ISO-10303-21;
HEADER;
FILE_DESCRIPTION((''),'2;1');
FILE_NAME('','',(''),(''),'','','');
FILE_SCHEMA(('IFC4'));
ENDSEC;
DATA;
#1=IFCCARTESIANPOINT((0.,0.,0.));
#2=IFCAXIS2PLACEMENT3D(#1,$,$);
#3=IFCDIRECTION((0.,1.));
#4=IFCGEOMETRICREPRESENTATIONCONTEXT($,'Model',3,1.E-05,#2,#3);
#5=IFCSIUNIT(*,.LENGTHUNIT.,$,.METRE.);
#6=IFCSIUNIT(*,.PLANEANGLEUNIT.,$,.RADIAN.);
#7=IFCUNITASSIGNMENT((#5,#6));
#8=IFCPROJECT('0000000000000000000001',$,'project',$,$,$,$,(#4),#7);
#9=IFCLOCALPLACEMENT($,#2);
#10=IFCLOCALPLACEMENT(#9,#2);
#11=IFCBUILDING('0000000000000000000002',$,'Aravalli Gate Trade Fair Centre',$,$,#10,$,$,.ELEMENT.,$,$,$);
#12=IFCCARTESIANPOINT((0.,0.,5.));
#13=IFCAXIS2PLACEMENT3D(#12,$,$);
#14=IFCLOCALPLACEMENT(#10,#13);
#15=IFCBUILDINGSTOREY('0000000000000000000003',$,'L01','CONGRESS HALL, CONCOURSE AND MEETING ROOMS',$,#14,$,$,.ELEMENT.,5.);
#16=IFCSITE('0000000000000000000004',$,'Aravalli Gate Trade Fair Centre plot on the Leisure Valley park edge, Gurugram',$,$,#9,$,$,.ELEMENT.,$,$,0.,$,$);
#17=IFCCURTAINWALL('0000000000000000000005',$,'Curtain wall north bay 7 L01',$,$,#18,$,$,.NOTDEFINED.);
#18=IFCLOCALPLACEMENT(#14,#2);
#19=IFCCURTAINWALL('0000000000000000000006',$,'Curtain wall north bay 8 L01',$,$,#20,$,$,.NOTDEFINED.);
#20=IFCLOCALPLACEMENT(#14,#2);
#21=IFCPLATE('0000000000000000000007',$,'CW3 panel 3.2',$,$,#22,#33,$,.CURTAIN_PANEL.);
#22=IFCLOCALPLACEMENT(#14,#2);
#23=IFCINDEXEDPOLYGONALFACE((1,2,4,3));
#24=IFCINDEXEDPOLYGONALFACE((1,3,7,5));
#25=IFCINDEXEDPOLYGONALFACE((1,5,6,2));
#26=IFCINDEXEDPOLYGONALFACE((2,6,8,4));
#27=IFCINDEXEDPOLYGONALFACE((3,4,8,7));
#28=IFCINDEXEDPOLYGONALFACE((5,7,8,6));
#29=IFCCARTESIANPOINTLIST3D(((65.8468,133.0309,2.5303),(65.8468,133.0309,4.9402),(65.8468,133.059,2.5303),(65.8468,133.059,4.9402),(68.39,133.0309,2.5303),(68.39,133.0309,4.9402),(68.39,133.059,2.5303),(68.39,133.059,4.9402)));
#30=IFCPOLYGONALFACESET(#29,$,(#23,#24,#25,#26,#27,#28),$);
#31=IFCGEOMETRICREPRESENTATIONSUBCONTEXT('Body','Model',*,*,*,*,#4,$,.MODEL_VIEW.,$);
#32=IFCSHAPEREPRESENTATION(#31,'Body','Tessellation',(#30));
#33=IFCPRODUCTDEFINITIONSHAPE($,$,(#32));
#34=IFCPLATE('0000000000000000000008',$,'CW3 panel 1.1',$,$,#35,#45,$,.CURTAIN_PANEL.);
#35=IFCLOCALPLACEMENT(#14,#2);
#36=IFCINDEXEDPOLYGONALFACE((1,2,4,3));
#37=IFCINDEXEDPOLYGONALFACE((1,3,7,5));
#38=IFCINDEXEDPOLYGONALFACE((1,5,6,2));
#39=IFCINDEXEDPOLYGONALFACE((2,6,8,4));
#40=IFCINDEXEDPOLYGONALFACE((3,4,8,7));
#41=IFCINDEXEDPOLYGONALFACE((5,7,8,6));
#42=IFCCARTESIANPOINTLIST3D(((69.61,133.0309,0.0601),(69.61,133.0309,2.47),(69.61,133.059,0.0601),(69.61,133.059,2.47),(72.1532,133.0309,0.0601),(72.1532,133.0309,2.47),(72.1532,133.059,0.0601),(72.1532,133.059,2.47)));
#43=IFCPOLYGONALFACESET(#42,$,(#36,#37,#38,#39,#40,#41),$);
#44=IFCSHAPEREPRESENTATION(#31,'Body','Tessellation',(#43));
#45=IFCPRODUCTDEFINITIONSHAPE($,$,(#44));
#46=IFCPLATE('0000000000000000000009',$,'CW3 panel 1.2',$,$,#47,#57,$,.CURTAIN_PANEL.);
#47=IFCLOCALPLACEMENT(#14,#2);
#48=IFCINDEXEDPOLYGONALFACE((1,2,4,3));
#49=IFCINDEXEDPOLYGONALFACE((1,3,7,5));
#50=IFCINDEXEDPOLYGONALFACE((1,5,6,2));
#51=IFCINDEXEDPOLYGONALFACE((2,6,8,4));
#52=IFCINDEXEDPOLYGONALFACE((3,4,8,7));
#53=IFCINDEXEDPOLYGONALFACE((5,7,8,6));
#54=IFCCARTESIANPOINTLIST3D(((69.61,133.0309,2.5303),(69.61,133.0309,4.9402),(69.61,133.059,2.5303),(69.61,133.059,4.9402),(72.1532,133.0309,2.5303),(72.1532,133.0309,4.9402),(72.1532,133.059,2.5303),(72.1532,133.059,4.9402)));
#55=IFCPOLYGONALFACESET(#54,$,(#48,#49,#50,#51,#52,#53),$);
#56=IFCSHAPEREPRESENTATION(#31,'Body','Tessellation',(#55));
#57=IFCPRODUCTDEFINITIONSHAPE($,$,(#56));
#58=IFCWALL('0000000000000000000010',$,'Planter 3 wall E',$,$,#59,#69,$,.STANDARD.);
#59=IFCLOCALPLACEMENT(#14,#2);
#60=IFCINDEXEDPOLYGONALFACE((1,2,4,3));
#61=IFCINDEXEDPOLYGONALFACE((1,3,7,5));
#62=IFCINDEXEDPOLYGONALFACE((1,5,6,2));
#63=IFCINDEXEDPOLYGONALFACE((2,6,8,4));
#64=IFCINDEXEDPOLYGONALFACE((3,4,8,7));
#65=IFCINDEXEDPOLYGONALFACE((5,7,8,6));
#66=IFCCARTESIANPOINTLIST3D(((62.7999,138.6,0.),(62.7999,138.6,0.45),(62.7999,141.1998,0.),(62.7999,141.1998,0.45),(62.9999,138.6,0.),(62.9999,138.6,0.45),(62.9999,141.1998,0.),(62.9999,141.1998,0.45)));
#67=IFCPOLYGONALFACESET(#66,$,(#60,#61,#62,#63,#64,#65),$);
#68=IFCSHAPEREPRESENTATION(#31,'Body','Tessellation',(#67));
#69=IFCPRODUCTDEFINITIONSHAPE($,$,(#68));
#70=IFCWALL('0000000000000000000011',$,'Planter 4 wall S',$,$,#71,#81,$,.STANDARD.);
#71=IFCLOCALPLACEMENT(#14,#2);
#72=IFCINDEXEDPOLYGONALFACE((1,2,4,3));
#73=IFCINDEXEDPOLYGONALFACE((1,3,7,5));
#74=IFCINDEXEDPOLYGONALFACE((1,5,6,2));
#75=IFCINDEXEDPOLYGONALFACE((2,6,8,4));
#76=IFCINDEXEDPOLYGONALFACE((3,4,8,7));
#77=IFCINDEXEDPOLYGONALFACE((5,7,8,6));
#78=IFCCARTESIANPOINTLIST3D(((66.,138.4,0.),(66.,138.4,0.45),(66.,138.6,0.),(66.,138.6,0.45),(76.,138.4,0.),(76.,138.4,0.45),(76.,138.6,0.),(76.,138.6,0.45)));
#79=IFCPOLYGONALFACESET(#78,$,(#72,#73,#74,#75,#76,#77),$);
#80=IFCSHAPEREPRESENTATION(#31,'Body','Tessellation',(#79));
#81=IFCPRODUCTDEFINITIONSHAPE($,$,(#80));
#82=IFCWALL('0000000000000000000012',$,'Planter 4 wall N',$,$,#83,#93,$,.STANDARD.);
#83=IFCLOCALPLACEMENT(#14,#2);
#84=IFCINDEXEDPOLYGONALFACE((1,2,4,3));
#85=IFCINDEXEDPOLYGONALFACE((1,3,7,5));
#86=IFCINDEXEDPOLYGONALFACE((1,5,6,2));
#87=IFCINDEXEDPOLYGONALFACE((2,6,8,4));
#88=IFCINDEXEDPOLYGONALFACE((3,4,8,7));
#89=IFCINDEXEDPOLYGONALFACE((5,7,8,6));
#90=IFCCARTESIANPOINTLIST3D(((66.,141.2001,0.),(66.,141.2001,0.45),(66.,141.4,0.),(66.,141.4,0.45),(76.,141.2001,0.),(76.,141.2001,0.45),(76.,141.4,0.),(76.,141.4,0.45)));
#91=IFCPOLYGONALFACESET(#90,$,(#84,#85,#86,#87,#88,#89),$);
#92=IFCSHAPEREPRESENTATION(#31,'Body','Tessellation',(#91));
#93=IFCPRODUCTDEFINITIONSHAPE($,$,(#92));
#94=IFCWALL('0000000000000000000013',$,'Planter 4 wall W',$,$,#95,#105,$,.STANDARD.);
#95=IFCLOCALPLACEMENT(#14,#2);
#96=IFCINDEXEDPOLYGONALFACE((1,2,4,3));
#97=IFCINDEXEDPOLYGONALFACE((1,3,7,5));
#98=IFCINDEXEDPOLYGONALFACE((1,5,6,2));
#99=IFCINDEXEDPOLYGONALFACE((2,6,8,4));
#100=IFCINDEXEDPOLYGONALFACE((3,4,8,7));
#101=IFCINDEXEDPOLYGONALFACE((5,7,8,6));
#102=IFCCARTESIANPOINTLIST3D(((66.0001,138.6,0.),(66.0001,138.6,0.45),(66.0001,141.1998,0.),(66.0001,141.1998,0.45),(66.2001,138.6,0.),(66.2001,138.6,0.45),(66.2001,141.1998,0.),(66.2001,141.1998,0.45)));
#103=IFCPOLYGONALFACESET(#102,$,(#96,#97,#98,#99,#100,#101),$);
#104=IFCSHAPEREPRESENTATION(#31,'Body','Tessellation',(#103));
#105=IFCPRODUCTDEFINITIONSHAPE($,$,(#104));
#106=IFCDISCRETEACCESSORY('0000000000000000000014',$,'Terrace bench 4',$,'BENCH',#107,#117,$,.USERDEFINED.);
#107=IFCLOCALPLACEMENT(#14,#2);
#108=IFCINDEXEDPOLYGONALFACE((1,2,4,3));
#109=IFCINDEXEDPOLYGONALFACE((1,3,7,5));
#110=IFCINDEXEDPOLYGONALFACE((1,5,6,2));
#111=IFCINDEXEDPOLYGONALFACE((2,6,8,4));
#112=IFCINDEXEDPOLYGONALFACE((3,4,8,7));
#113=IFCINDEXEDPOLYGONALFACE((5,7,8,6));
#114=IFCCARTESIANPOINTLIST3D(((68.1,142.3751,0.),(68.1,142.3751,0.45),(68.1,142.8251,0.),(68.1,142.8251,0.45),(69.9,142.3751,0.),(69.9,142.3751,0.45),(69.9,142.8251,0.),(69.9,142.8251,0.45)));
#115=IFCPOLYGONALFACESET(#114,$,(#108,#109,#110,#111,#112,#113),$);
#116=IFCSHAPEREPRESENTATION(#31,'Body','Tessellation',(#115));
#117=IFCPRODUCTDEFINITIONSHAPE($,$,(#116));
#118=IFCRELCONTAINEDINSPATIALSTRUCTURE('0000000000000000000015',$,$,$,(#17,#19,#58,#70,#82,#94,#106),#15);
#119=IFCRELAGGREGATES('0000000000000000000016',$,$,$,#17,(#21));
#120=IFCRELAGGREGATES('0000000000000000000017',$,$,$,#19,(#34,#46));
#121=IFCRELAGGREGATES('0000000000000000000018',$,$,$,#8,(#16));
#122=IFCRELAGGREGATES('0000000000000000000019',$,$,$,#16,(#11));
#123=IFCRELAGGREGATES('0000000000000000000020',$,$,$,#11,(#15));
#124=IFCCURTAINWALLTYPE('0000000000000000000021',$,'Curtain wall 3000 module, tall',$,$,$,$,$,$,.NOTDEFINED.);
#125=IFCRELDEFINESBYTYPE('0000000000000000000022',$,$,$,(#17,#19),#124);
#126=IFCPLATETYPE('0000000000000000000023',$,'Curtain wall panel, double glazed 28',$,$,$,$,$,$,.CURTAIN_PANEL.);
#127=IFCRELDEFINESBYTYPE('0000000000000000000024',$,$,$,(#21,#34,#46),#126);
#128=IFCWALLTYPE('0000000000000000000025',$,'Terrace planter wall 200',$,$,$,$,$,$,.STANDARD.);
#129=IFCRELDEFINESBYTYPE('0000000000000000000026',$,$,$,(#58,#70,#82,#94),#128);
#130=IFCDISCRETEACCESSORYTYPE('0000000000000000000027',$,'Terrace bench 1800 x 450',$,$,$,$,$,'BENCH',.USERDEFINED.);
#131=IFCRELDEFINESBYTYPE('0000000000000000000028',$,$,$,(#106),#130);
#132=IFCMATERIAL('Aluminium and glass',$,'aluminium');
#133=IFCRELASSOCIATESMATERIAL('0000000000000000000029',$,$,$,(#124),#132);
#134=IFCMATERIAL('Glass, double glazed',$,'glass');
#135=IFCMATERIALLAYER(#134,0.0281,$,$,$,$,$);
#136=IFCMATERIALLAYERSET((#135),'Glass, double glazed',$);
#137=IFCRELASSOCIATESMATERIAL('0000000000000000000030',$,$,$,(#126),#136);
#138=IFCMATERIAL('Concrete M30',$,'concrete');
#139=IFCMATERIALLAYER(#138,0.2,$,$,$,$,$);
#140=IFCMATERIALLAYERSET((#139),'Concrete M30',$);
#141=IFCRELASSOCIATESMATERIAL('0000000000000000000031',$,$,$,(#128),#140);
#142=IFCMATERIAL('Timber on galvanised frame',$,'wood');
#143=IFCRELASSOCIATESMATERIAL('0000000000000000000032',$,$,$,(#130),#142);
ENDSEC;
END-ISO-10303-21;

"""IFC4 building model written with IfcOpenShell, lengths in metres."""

from ifc_helpers import new_model, si_unit, direction, frame, frame_2d, origin, origin_2d, place, context, subcontext, project, spatial, rectangle, extrude, material, layer, layer_set, type_object, element, aggregate, save


model = new_model("IFC4")

# Units and contexts
model_context = context("Model", 3, precision=1e-05, world=origin(), true_north=direction((0.0, 1.0)))
body_context = subcontext(model_context, "Body", "Model", "MODEL_VIEW")
ifc_project = project(units=[si_unit("LENGTHUNIT", "METRE"), si_unit("PLANEANGLEUNIT", "RADIAN")], contexts=[model_context])

# Site, building, storey
site_placement = place(None, origin())
site = spatial("IfcSite", under=ifc_project, at=site_placement, Name="Aravalli Gate Trade Fair Centre plot on the Leisure Valley park edge, Gurugram", CompositionType="ELEMENT", RefElevation=0.0)
building_placement = place(site_placement, origin())
building = spatial("IfcBuilding", under=site, at=building_placement, Name="Aravalli Gate Trade Fair Centre", CompositionType="ELEMENT")
storey_placement = place(building_placement, frame((0.0, 0.0, 5.0)))
storey = spatial("IfcBuildingStorey", under=building, at=storey_placement, Name="L01", Description="CONGRESS HALL, CONCOURSE AND MEETING ROOMS", CompositionType="ELEMENT", Elevation=5.0)

# Curtain walls
ifc_material_1 = material(Name="Aluminium and glass", Category="aluminium")
curtain_wall_type = type_object("IfcCurtainWallType", Name="Curtain wall 3000 module, tall", PredefinedType="NOTDEFINED", material=ifc_material_1)
curtain_wall_1_placement = place(storey_placement, origin())
curtain_wall_1 = element("IfcCurtainWall", 1, at=curtain_wall_1_placement, inside=storey, type_object=curtain_wall_type, Name="Curtain wall north bay 7 L01", PredefinedType="NOTDEFINED")
curtain_wall_2_placement = place(storey_placement, origin())
curtain_wall_2 = element("IfcCurtainWall", 2, at=curtain_wall_2_placement, inside=storey, type_object=curtain_wall_type, Name="Curtain wall north bay 8 L01", PredefinedType="NOTDEFINED")

# Plates
ifc_material_2 = material(Name="Glass, double glazed", Category="glass")
ifc_layer_1 = layer(ifc_material_2, 0.0281)
ifc_layer_set_1 = layer_set([ifc_layer_1], Name="Glass, double glazed")
plate_type = type_object("IfcPlateType", Name="Curtain wall panel, double glazed 28", PredefinedType="CURTAIN_PANEL", material=ifc_layer_set_1)
plate_1_placement = place(storey_placement, frame((67.1184, 133.0449, 2.5303), z_axis=(0.0, 0.0, 1.0), x_axis=(1.0, 0.0, 0.0)))
plate_1 = element("IfcPlate", 3, at=plate_1_placement, type_object=plate_type, Name="CW3 panel 3.2", PredefinedType="CURTAIN_PANEL", context=body_context, shape_type="SweptSolid", body=[
    extrude(rectangle(XDim=2.5432, YDim=0.0281, at=origin_2d()), origin(), (0.0, 0.0, 1.0), 2.4099),
])
aggregate(curtain_wall_1, [plate_1])
plate_2_placement = place(storey_placement, frame((70.8816, 133.0449, 0.0601), z_axis=(0.0, 0.0, 1.0), x_axis=(1.0, 0.0, 0.0)))
plate_2 = element("IfcPlate", 4, at=plate_2_placement, type_object=plate_type, Name="CW3 panel 1.1", PredefinedType="CURTAIN_PANEL", context=body_context, shape_type="SweptSolid", body=[
    extrude(rectangle(XDim=2.5432, YDim=0.0281, at=origin_2d()), origin(), (0.0, 0.0, 1.0), 2.4099),
])
plate_3_placement = place(storey_placement, frame((70.8816, 133.0449, 2.5303), z_axis=(0.0, 0.0, 1.0), x_axis=(1.0, 0.0, 0.0)))
plate_3 = element("IfcPlate", 5, at=plate_3_placement, type_object=plate_type, Name="CW3 panel 1.2", PredefinedType="CURTAIN_PANEL", context=body_context, shape_type="SweptSolid", body=[
    extrude(rectangle(XDim=2.5432, YDim=0.0281, at=origin_2d()), origin(), (0.0, 0.0, 1.0), 2.4099),
])
aggregate(curtain_wall_2, [plate_2, plate_3])

# Walls
ifc_material_3 = material(Name="Concrete M30", Category="concrete")
ifc_layer_2 = layer(ifc_material_3, 0.2)
ifc_layer_set_2 = layer_set([ifc_layer_2], Name="Concrete M30")
wall_type = type_object("IfcWallType", Name="Terrace planter wall 200", PredefinedType="STANDARD", material=ifc_layer_set_2)
wall_1_placement = place(storey_placement, frame((62.8999, 138.6001, 0.0), z_axis=(0.0, 0.0, 1.0), x_axis=(0.0, 1.0, 0.0)))
element("IfcWall", 6, at=wall_1_placement, inside=storey, type_object=wall_type, Name="Planter 3 wall E", PredefinedType="STANDARD", context=body_context, shape_type="SweptSolid", body=[
    extrude(rectangle(XDim=2.5999, YDim=0.2, at=frame_2d((1.2998, 0.0))), origin(), (0.0, 0.0, 1.0), 0.45),
])
for number, where, z_axis, x_axis, name in (
    (7, (66.0, 138.5, 0.0), (0.0, 0.0, 1.0), (1.0, 0.0, 0.0), "Planter 4 wall S"),
    (8, (66.0, 141.3, 0.0), (0.0, 0.0, 1.0), (1.0, 0.0, 0.0), "Planter 4 wall N"),
):
    element("IfcWall", number, at=place(storey_placement, frame(where, z_axis=z_axis, x_axis=x_axis)), inside=storey, type_object=wall_type, Name=name, PredefinedType="STANDARD", context=body_context, shape_type="SweptSolid", body=[
        extrude(rectangle(XDim=10.0, YDim=0.2, at=frame_2d((5.0, 0.0))), origin(), (0.0, 0.0, 1.0), 0.45),
    ])
wall_2_placement = place(storey_placement, frame((66.1001, 138.6001, 0.0), z_axis=(0.0, 0.0, 1.0), x_axis=(0.0, 1.0, 0.0)))
element("IfcWall", 9, at=wall_2_placement, inside=storey, type_object=wall_type, Name="Planter 4 wall W", PredefinedType="STANDARD", context=body_context, shape_type="SweptSolid", body=[
    extrude(rectangle(XDim=2.5999, YDim=0.2, at=frame_2d((1.2998, 0.0))), origin(), (0.0, 0.0, 1.0), 0.45),
])

# Discrete accessory
ifc_material_4 = material(Name="Timber on galvanised frame", Category="wood")
discrete_accessory_type = type_object("IfcDiscreteAccessoryType", Name="Terrace bench 1800 x 450", ElementType="BENCH", PredefinedType="USERDEFINED", material=ifc_material_4)
discrete_accessory_placement = place(storey_placement, frame((69.0, 142.6001, 0.0), z_axis=(0.0, 0.0, 1.0), x_axis=(1.0, 0.0, 0.0)))
element("IfcDiscreteAccessory", 10, at=discrete_accessory_placement, inside=storey, type_object=discrete_accessory_type, Name="Terrace bench 4", ObjectType="BENCH", PredefinedType="USERDEFINED", context=body_context, shape_type="SweptSolid", body=[
    extrude(rectangle(XDim=1.8, YDim=0.45, at=origin_2d()), origin(), (0.0, 0.0, 1.0), 0.45),
])

save(model, "model.ifc")
